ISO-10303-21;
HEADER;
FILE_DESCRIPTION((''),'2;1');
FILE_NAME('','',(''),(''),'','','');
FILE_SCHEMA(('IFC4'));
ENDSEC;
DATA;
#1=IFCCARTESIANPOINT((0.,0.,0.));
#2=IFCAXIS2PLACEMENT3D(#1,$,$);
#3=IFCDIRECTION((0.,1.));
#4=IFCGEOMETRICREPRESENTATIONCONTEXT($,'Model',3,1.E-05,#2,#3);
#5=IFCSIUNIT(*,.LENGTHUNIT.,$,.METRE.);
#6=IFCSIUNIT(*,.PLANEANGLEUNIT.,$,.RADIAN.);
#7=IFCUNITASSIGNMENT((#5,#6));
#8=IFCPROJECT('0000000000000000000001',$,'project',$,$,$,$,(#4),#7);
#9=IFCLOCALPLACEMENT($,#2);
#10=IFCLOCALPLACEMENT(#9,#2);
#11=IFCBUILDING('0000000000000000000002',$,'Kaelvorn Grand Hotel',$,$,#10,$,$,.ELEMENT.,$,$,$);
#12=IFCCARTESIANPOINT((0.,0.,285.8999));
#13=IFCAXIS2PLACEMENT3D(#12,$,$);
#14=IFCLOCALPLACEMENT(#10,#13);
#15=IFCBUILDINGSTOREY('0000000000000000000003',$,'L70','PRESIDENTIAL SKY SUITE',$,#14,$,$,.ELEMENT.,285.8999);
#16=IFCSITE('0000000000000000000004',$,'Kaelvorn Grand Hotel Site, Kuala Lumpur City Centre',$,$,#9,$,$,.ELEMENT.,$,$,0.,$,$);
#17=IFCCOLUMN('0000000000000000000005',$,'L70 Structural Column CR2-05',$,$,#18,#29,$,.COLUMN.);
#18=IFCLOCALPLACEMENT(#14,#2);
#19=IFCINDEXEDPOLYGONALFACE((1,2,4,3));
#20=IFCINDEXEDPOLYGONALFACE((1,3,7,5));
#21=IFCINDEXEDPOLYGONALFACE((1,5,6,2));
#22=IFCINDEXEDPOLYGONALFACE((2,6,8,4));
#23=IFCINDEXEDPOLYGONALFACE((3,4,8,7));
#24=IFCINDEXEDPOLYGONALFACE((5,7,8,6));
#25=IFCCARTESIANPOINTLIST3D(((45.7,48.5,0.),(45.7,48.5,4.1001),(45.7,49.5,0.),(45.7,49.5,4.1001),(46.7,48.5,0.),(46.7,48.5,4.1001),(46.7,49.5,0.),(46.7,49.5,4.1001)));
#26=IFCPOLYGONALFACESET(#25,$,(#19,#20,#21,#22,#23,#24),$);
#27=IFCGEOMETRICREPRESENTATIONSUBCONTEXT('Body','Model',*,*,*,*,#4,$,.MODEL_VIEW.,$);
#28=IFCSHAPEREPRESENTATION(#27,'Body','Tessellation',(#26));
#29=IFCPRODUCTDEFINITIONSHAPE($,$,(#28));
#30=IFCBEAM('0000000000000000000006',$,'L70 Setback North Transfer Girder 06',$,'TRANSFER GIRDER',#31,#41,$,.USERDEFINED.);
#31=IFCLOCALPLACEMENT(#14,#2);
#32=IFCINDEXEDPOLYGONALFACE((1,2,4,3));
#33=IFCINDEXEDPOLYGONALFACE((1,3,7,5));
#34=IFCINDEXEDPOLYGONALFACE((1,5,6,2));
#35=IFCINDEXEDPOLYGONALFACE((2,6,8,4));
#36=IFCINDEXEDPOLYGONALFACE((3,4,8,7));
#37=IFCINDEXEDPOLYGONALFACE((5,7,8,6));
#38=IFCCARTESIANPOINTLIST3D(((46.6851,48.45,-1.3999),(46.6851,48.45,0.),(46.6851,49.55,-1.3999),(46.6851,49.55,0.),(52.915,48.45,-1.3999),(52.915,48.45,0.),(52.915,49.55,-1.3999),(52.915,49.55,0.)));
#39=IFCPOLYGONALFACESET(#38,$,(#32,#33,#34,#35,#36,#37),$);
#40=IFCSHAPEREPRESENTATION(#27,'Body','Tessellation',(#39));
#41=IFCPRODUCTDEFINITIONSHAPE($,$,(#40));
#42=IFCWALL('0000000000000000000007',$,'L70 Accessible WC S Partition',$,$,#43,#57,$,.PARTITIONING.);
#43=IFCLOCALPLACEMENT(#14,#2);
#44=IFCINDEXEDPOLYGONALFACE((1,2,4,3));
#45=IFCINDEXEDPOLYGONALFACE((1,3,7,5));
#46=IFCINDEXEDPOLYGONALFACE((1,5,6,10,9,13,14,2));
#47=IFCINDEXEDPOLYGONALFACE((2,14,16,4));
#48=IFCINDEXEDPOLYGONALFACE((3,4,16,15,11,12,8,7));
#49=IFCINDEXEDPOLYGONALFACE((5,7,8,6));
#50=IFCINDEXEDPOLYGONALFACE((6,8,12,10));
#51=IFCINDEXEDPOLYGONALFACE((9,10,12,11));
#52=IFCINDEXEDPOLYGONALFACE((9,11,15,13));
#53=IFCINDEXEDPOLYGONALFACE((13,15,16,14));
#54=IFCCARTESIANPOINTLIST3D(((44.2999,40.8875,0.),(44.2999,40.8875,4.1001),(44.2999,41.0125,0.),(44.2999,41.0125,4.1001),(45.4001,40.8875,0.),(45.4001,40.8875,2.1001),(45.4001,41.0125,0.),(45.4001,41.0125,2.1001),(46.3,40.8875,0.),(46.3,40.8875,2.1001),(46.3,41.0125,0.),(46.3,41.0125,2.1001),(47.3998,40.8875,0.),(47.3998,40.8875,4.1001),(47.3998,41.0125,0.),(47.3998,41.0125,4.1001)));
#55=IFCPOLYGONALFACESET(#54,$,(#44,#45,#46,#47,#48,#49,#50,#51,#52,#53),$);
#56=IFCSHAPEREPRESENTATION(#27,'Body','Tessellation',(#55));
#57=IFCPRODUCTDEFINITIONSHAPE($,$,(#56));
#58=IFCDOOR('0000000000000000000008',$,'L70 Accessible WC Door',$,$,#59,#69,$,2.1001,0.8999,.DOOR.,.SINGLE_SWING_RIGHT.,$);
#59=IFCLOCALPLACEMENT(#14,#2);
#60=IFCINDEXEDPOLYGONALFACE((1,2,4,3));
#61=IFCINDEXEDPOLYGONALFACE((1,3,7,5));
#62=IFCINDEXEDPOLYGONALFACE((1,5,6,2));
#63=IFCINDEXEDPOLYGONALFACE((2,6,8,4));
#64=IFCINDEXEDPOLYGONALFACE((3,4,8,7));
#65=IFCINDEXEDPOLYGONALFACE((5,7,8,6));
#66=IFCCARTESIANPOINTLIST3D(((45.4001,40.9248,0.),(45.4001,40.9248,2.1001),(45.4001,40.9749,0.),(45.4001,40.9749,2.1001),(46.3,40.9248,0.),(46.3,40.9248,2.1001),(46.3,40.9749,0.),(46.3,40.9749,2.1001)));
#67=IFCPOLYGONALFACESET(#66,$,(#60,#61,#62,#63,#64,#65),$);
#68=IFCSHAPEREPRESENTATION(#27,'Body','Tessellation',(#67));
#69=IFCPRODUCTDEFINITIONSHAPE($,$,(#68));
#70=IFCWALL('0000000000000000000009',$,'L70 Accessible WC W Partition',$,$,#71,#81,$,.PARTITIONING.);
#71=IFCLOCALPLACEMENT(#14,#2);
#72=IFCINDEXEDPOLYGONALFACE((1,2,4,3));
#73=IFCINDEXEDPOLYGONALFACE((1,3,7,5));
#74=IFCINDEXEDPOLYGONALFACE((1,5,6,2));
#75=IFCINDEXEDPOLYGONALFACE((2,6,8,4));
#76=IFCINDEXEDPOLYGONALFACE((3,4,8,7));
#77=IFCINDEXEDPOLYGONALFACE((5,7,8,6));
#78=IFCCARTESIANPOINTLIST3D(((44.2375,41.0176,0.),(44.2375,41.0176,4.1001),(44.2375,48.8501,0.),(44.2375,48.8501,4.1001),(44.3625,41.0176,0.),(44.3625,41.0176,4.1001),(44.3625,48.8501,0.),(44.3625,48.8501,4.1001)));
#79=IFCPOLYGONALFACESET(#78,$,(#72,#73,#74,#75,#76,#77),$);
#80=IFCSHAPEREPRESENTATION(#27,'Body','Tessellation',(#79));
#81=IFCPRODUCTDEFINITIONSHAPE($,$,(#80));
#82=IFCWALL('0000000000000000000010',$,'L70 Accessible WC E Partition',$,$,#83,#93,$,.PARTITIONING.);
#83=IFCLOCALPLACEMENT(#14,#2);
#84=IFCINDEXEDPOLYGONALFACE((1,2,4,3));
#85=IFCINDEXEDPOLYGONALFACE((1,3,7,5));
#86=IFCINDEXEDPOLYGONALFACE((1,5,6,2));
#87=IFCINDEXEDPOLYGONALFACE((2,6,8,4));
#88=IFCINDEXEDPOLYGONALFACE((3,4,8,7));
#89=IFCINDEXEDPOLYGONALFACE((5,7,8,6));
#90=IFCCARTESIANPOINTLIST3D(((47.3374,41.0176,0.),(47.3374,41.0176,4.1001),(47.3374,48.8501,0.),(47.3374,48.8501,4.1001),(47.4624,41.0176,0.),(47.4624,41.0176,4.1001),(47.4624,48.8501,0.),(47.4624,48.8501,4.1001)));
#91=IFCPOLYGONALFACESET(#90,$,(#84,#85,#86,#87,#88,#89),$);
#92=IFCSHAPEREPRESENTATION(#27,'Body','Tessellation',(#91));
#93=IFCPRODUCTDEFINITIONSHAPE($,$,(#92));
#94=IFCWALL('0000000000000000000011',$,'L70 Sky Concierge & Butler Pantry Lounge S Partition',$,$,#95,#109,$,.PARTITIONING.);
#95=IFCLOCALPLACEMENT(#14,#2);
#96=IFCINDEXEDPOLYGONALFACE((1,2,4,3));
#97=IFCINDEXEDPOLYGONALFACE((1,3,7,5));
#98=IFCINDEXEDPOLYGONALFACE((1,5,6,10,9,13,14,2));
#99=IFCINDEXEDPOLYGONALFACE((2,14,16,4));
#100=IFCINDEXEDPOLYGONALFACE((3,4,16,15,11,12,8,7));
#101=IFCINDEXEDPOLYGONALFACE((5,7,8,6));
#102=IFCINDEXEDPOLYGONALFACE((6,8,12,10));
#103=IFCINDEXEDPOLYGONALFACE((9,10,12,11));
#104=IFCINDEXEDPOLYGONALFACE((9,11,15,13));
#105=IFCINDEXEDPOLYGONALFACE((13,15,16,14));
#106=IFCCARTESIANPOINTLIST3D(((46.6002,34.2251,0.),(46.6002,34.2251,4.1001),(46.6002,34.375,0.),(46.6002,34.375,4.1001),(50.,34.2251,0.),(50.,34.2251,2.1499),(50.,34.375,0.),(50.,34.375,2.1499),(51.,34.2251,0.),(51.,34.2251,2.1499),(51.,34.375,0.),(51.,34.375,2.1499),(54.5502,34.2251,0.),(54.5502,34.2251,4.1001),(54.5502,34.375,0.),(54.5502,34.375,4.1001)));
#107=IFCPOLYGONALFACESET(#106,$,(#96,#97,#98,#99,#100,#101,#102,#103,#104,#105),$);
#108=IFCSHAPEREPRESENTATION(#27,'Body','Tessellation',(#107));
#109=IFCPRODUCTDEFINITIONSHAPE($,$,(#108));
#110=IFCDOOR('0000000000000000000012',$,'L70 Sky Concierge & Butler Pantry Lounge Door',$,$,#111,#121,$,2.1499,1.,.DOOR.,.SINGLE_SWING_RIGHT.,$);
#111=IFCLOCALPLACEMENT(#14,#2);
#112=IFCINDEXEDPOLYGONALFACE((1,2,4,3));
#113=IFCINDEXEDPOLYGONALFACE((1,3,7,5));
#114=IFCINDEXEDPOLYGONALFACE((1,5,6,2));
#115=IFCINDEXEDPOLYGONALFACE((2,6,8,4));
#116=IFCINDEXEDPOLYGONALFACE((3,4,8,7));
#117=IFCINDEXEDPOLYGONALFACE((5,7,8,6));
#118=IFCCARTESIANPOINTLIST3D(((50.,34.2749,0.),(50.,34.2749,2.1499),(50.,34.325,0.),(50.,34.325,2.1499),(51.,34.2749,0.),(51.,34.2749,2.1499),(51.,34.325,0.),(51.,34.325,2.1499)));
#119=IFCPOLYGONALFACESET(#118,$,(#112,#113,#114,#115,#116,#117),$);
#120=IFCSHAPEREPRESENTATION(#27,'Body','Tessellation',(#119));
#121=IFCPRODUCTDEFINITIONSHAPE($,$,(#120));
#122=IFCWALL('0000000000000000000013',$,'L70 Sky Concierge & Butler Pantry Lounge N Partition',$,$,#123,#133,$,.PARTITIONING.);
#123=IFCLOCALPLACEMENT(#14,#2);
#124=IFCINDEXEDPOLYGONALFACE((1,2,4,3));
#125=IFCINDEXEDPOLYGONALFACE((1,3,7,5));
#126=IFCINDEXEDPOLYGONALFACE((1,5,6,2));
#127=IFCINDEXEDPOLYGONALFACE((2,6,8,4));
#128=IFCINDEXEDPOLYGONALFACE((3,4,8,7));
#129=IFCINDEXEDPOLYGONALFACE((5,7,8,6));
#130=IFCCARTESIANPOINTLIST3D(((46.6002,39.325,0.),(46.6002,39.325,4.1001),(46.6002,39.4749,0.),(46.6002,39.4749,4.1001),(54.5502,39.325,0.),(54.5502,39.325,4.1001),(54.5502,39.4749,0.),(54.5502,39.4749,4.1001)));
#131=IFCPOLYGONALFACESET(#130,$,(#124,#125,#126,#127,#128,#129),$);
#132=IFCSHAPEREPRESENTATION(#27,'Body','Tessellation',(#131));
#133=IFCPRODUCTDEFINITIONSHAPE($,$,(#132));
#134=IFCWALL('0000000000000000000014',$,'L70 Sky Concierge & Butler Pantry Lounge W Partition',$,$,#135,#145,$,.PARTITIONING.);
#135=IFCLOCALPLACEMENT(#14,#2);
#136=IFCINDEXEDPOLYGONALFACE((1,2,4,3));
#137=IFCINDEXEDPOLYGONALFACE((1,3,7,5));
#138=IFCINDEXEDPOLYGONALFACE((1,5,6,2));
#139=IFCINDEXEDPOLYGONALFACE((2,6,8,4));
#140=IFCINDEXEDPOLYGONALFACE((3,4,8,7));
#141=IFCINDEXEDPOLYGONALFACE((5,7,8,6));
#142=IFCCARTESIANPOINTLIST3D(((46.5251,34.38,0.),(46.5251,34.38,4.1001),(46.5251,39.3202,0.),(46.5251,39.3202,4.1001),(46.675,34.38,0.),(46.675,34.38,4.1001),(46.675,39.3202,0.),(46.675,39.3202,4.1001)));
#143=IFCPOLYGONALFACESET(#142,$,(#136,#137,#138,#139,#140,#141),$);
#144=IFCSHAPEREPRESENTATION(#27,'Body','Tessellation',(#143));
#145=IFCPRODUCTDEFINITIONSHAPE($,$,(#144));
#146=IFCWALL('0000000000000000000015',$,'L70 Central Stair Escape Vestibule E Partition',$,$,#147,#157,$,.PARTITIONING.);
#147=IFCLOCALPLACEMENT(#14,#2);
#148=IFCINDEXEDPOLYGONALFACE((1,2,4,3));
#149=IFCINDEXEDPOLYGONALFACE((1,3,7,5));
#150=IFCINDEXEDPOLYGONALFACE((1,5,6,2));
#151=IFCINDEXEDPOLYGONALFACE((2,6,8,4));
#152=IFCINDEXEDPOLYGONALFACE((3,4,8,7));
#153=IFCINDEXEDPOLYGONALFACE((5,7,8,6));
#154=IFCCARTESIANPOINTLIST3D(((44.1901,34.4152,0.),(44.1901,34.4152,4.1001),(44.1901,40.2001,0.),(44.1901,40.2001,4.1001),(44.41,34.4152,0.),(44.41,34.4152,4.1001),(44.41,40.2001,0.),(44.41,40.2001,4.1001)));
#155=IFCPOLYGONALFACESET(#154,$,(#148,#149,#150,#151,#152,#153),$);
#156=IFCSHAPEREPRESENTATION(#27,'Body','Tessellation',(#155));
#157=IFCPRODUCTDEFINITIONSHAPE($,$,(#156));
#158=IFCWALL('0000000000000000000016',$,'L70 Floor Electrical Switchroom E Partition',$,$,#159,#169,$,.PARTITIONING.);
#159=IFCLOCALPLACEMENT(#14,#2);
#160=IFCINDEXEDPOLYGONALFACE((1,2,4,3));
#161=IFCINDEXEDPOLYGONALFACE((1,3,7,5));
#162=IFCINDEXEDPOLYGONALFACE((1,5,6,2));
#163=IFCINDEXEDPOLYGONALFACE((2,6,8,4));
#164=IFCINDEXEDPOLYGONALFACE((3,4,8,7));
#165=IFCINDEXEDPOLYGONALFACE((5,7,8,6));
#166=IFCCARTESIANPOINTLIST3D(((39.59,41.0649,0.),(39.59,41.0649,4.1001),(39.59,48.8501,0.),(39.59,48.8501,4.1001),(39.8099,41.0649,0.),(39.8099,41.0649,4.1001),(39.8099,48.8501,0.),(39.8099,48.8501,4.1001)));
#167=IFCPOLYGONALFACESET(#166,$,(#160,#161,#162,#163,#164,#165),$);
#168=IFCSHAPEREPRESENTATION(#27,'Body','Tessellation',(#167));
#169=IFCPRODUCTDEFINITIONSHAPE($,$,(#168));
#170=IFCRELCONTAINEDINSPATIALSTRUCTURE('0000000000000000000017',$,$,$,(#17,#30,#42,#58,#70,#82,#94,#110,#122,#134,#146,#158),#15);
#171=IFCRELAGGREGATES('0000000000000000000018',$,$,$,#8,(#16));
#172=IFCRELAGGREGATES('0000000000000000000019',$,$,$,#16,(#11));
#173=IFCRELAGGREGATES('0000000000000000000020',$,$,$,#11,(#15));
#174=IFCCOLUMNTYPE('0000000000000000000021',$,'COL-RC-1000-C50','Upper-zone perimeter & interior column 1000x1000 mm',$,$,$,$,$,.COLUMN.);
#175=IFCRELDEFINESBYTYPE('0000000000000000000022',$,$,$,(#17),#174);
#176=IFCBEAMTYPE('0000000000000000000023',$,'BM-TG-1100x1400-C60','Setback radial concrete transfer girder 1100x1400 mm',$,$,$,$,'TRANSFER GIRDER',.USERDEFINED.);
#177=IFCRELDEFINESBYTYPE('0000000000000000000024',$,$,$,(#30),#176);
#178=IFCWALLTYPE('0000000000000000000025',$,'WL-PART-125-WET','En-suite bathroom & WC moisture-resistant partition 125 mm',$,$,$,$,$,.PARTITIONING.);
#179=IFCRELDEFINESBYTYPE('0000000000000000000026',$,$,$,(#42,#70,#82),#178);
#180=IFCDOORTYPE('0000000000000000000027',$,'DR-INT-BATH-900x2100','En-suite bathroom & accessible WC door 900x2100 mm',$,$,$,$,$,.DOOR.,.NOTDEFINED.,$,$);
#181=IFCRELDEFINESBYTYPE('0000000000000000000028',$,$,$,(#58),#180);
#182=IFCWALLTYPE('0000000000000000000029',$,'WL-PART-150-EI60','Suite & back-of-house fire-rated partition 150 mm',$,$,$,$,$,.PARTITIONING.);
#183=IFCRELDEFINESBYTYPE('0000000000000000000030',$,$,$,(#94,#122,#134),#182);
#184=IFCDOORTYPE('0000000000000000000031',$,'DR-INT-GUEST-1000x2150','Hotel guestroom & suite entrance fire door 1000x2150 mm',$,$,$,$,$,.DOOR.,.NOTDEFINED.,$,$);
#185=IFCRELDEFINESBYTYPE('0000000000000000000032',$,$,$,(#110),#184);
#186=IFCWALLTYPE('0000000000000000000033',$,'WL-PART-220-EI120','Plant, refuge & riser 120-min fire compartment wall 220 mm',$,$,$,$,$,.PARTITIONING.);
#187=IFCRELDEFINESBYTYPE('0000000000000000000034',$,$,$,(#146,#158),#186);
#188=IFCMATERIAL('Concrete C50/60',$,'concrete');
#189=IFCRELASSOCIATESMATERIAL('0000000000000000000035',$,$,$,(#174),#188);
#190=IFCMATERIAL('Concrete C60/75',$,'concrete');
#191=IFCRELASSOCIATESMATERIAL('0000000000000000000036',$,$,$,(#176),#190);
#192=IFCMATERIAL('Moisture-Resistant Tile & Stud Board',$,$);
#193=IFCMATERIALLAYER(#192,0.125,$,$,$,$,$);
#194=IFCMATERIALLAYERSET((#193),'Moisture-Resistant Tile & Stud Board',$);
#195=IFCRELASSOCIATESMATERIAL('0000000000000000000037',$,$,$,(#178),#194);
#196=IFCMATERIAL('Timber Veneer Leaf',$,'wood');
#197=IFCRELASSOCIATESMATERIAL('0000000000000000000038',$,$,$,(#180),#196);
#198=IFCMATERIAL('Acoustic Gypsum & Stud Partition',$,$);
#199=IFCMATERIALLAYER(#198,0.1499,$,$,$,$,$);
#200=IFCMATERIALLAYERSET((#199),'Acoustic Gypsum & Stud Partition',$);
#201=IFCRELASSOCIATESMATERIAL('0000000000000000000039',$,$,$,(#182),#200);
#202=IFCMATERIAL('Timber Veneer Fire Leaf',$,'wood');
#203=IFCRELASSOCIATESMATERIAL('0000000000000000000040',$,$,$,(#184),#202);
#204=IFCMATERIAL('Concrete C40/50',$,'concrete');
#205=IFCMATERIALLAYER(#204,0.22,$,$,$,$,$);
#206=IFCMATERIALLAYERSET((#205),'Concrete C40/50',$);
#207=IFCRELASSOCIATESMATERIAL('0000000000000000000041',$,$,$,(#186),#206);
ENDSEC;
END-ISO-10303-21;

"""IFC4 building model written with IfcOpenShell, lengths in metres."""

from ifc_helpers import new_model, si_unit, direction, frame, frame_2d, origin, origin_2d, place, context, subcontext, project, spatial, rectangle, extrude, material, layer, layer_set, material_profile, profile_set, type_object, element, fill, save


model = new_model("IFC4")

# Units and contexts
model_context = context("Model", 3, precision=1e-05, world=origin(), true_north=direction((0.0, 1.0)))
body_context = subcontext(model_context, "Body", "Model", "MODEL_VIEW")
ifc_project = project(units=[si_unit("LENGTHUNIT", "METRE"), si_unit("PLANEANGLEUNIT", "RADIAN")], contexts=[model_context])

# Site, building, storey
site_placement = place(None, origin())
site = spatial("IfcSite", under=ifc_project, at=site_placement, Name="Kaelvorn Grand Hotel Site, Kuala Lumpur City Centre", CompositionType="ELEMENT", RefElevation=0.0)
building_placement = place(site_placement, origin())
building = spatial("IfcBuilding", under=site, at=building_placement, Name="Kaelvorn Grand Hotel", CompositionType="ELEMENT")
storey_placement = place(building_placement, frame((0.0, 0.0, 285.8999)))
storey = spatial("IfcBuildingStorey", under=building, at=storey_placement, Name="L70", Description="PRESIDENTIAL SKY SUITE", CompositionType="ELEMENT", Elevation=285.8999)

# Column
ifc_material_1 = material(Name="Concrete C50/60", Category="concrete")
ifc_material_profile_1 = material_profile(ifc_material_1, rectangle(XDim=1.0, YDim=1.0, at=origin_2d()), Name="RC COL 1000x1000")
ifc_profile_set_1 = profile_set([ifc_material_profile_1], Name="Concrete C50/60")
column_type = type_object("IfcColumnType", Name="COL-RC-1000-C50", Description="Upper-zone perimeter & interior column 1000x1000 mm", PredefinedType="COLUMN", material=ifc_profile_set_1)
column_placement = place(storey_placement, frame((46.2, 49.0, 0.0), z_axis=(0.0, 0.0, 1.0), x_axis=(1.0, 0.0, 0.0)))
element("IfcColumn", 1, at=column_placement, inside=storey, type_object=column_type, Name="L70 Structural Column CR2-05", PredefinedType="COLUMN", context=body_context, shape_type="SweptSolid", body=[
    extrude(rectangle(XDim=1.0, YDim=1.0, at=origin_2d()), origin(), (0.0, 0.0, 1.0), 4.1001),
])

# Beam
ifc_material_2 = material(Name="Concrete C60/75", Category="concrete")
ifc_material_profile_2 = material_profile(ifc_material_2, rectangle(XDim=1.1001, YDim=1.3999, at=origin_2d()), Name="RC TG 1100x1400")
ifc_profile_set_2 = profile_set([ifc_material_profile_2], Name="Concrete C60/75")
beam_type = type_object("IfcBeamType", Name="BM-TG-1100x1400-C60", Description="Setback radial concrete transfer girder 1100x1400 mm", ElementType="TRANSFER GIRDER", PredefinedType="USERDEFINED", material=ifc_profile_set_2)
beam_placement = place(storey_placement, frame((46.6851, 49.0, -0.7), z_axis=(1.0, 0.0, 0.0), x_axis=(0.0, 1.0, 0.0)))
element("IfcBeam", 2, at=beam_placement, inside=storey, type_object=beam_type, Name="L70 Setback North Transfer Girder 06", ObjectType="TRANSFER GIRDER", PredefinedType="USERDEFINED", context=body_context, shape_type="SweptSolid", body=[
    extrude(rectangle(XDim=1.1001, YDim=1.3999, at=origin_2d()), origin(), (0.0, 0.0, 1.0), 6.23),
])

# Wall, opening, door
ifc_material_3 = material(Name="Moisture-Resistant Tile & Stud Board")
ifc_layer_1 = layer(ifc_material_3, 0.125)
ifc_layer_set_1 = layer_set([ifc_layer_1], Name="Moisture-Resistant Tile & Stud Board")
wall_type_1 = type_object("IfcWallType", Name="WL-PART-125-WET", Description="En-suite bathroom & WC moisture-resistant partition 125 mm", PredefinedType="PARTITIONING", material=ifc_layer_set_1)
wall_1_placement = place(storey_placement, frame((44.3, 40.95, 0.0), z_axis=(0.0, 0.0, 1.0), x_axis=(1.0, 0.0, 0.0)))
wall_1 = element("IfcWall", 3, at=wall_1_placement, inside=storey, type_object=wall_type_1, Name="L70 Accessible WC S Partition", PredefinedType="PARTITIONING", context=body_context, shape_type="SweptSolid", body=[
    extrude(rectangle(XDim=3.0999, YDim=0.125, at=frame_2d((1.5498, 0.0))), origin(), (0.0, 0.0, 1.0), 4.1001),
])
opening_1_placement = place(wall_1_placement, frame((1.1001, 0.0, 0.0)))
opening_1 = element("IfcOpeningElement", 4, at=opening_1_placement, cuts=wall_1, PredefinedType="OPENING", context=body_context, shape_type="SweptSolid", body=[
    extrude(rectangle(XDim=0.8999, YDim=2.1001, at=frame_2d((0.45, 1.05))), frame((0.0, 0.0725, 0.0), z_axis=(0.0, -1.0, 0.0), x_axis=(1.0, 0.0, 0.0)), (0.0, 0.0, 1.0), 0.145),
])
ifc_material_4 = material(Name="Timber Veneer Leaf", Category="wood")
door_type_1 = type_object("IfcDoorType", Name="DR-INT-BATH-900x2100", Description="En-suite bathroom & accessible WC door 900x2100 mm", OperationType="NOTDEFINED", PredefinedType="DOOR", material=ifc_material_4)
door_1_placement = place(opening_1_placement, origin())
door_1 = element("IfcDoor", 5, at=door_1_placement, inside=storey, type_object=door_type_1, Name="L70 Accessible WC Door", OperationType="SINGLE_SWING_RIGHT", OverallHeight=2.1001, OverallWidth=0.8999, PredefinedType="DOOR", context=body_context, shape_type="SweptSolid", body=[
    extrude(rectangle(XDim=0.8999, YDim=2.1001, at=frame_2d((0.45, 1.05))), frame((0.0, 0.0249, 0.0), z_axis=(0.0, -1.0, 0.0), x_axis=(1.0, 0.0, 0.0)), (0.0, 0.0, 1.0), 0.05),
])
fill(opening_1, door_1)

# Walls
for number, where, z_axis, x_axis, name in (
    (6, (44.3, 41.0176, 0.0), (0.0, 0.0, 1.0), (0.0, 1.0, 0.0), "L70 Accessible WC W Partition"),
    (7, (47.3999, 41.0176, 0.0), (0.0, 0.0, 1.0), (0.0, 1.0, 0.0), "L70 Accessible WC E Partition"),
):
    element("IfcWall", number, at=place(storey_placement, frame(where, z_axis=z_axis, x_axis=x_axis)), inside=storey, type_object=wall_type_1, Name=name, PredefinedType="PARTITIONING", context=body_context, shape_type="SweptSolid", body=[
        extrude(rectangle(XDim=7.8325, YDim=0.125, at=frame_2d((3.9163, 0.0))), origin(), (0.0, 0.0, 1.0), 4.1001),
    ])

# Wall, opening, door
ifc_material_5 = material(Name="Acoustic Gypsum & Stud Partition")
ifc_layer_2 = layer(ifc_material_5, 0.1499)
ifc_layer_set_2 = layer_set([ifc_layer_2], Name="Acoustic Gypsum & Stud Partition")
wall_type_2 = type_object("IfcWallType", Name="WL-PART-150-EI60", Description="Suite & back-of-house fire-rated partition 150 mm", PredefinedType="PARTITIONING", material=ifc_layer_set_2)
wall_2_placement = place(storey_placement, frame((46.6001, 34.3, 0.0), z_axis=(0.0, 0.0, 1.0), x_axis=(1.0, 0.0, 0.0)))
wall_2 = element("IfcWall", 8, at=wall_2_placement, inside=storey, type_object=wall_type_2, Name="L70 Sky Concierge & Butler Pantry Lounge S Partition", PredefinedType="PARTITIONING", context=body_context, shape_type="SweptSolid", body=[
    extrude(rectangle(XDim=7.95, YDim=0.1499, at=frame_2d((3.9751, 0.0))), origin(), (0.0, 0.0, 1.0), 4.1001),
])
opening_2_placement = place(wall_2_placement, frame((3.3999, 0.0, 0.0)))
opening_2 = element("IfcOpeningElement", 9, at=opening_2_placement, cuts=wall_2, PredefinedType="OPENING", context=body_context, shape_type="SweptSolid", body=[
    extrude(rectangle(XDim=1.0, YDim=2.1499, at=frame_2d((0.5, 1.075))), frame((0.0, 0.085, 0.0), z_axis=(0.0, -1.0, 0.0), x_axis=(1.0, 0.0, 0.0)), (0.0, 0.0, 1.0), 0.1699),
])
ifc_material_6 = material(Name="Timber Veneer Fire Leaf", Category="wood")
door_type_2 = type_object("IfcDoorType", Name="DR-INT-GUEST-1000x2150", Description="Hotel guestroom & suite entrance fire door 1000x2150 mm", OperationType="NOTDEFINED", PredefinedType="DOOR", material=ifc_material_6)
door_2_placement = place(opening_2_placement, origin())
door_2 = element("IfcDoor", 10, at=door_2_placement, inside=storey, type_object=door_type_2, Name="L70 Sky Concierge & Butler Pantry Lounge Door", OperationType="SINGLE_SWING_RIGHT", OverallHeight=2.1499, OverallWidth=1.0, PredefinedType="DOOR", context=body_context, shape_type="SweptSolid", body=[
    extrude(rectangle(XDim=1.0, YDim=2.1499, at=frame_2d((0.5, 1.075))), frame((0.0, 0.0249, 0.0), z_axis=(0.0, -1.0, 0.0), x_axis=(1.0, 0.0, 0.0)), (0.0, 0.0, 1.0), 0.05),
])
fill(opening_2, door_2)

# Walls
wall_3_placement = place(storey_placement, frame((46.6001, 39.3999, 0.0), z_axis=(0.0, 0.0, 1.0), x_axis=(1.0, 0.0, 0.0)))
element("IfcWall", 11, at=wall_3_placement, inside=storey, type_object=wall_type_2, Name="L70 Sky Concierge & Butler Pantry Lounge N Partition", PredefinedType="PARTITIONING", context=body_context, shape_type="SweptSolid", body=[
    extrude(rectangle(XDim=7.95, YDim=0.1499, at=frame_2d((3.9751, 0.0))), origin(), (0.0, 0.0, 1.0), 4.1001),
])
wall_4_placement = place(storey_placement, frame((46.6001, 34.3799, 0.0), z_axis=(0.0, 0.0, 1.0), x_axis=(0.0, 1.0, 0.0)))
element("IfcWall", 12, at=wall_4_placement, inside=storey, type_object=wall_type_2, Name="L70 Sky Concierge & Butler Pantry Lounge W Partition", PredefinedType="PARTITIONING", context=body_context, shape_type="SweptSolid", body=[
    extrude(rectangle(XDim=4.9402, YDim=0.1499, at=frame_2d((2.4702, 0.0))), origin(), (0.0, 0.0, 1.0), 4.1001),
])
ifc_material_7 = material(Name="Concrete C40/50", Category="concrete")
ifc_layer_3 = layer(ifc_material_7, 0.22)
ifc_layer_set_3 = layer_set([ifc_layer_3], Name="Concrete C40/50")
wall_type_3 = type_object("IfcWallType", Name="WL-PART-220-EI120", Description="Plant, refuge & riser 120-min fire compartment wall 220 mm", PredefinedType="PARTITIONING", material=ifc_layer_set_3)
wall_5_placement = place(storey_placement, frame((44.3, 34.415, 0.0), z_axis=(0.0, 0.0, 1.0), x_axis=(0.0, 1.0, 0.0)))
element("IfcWall", 13, at=wall_5_placement, inside=storey, type_object=wall_type_3, Name="L70 Central Stair Escape Vestibule E Partition", PredefinedType="PARTITIONING", context=body_context, shape_type="SweptSolid", body=[
    extrude(rectangle(XDim=5.7849, YDim=0.22, at=frame_2d((2.8926, 0.0))), origin(), (0.0, 0.0, 1.0), 4.1001),
])
wall_6_placement = place(storey_placement, frame((39.7, 41.0649, 0.0), z_axis=(0.0, 0.0, 1.0), x_axis=(0.0, 1.0, 0.0)))
element("IfcWall", 14, at=wall_6_placement, inside=storey, type_object=wall_type_3, Name="L70 Floor Electrical Switchroom E Partition", PredefinedType="PARTITIONING", context=body_context, shape_type="SweptSolid", body=[
    extrude(rectangle(XDim=7.7852, YDim=0.22, at=frame_2d((3.8926, 0.0))), origin(), (0.0, 0.0, 1.0), 4.1001),
])

save(model, "model.ifc")
